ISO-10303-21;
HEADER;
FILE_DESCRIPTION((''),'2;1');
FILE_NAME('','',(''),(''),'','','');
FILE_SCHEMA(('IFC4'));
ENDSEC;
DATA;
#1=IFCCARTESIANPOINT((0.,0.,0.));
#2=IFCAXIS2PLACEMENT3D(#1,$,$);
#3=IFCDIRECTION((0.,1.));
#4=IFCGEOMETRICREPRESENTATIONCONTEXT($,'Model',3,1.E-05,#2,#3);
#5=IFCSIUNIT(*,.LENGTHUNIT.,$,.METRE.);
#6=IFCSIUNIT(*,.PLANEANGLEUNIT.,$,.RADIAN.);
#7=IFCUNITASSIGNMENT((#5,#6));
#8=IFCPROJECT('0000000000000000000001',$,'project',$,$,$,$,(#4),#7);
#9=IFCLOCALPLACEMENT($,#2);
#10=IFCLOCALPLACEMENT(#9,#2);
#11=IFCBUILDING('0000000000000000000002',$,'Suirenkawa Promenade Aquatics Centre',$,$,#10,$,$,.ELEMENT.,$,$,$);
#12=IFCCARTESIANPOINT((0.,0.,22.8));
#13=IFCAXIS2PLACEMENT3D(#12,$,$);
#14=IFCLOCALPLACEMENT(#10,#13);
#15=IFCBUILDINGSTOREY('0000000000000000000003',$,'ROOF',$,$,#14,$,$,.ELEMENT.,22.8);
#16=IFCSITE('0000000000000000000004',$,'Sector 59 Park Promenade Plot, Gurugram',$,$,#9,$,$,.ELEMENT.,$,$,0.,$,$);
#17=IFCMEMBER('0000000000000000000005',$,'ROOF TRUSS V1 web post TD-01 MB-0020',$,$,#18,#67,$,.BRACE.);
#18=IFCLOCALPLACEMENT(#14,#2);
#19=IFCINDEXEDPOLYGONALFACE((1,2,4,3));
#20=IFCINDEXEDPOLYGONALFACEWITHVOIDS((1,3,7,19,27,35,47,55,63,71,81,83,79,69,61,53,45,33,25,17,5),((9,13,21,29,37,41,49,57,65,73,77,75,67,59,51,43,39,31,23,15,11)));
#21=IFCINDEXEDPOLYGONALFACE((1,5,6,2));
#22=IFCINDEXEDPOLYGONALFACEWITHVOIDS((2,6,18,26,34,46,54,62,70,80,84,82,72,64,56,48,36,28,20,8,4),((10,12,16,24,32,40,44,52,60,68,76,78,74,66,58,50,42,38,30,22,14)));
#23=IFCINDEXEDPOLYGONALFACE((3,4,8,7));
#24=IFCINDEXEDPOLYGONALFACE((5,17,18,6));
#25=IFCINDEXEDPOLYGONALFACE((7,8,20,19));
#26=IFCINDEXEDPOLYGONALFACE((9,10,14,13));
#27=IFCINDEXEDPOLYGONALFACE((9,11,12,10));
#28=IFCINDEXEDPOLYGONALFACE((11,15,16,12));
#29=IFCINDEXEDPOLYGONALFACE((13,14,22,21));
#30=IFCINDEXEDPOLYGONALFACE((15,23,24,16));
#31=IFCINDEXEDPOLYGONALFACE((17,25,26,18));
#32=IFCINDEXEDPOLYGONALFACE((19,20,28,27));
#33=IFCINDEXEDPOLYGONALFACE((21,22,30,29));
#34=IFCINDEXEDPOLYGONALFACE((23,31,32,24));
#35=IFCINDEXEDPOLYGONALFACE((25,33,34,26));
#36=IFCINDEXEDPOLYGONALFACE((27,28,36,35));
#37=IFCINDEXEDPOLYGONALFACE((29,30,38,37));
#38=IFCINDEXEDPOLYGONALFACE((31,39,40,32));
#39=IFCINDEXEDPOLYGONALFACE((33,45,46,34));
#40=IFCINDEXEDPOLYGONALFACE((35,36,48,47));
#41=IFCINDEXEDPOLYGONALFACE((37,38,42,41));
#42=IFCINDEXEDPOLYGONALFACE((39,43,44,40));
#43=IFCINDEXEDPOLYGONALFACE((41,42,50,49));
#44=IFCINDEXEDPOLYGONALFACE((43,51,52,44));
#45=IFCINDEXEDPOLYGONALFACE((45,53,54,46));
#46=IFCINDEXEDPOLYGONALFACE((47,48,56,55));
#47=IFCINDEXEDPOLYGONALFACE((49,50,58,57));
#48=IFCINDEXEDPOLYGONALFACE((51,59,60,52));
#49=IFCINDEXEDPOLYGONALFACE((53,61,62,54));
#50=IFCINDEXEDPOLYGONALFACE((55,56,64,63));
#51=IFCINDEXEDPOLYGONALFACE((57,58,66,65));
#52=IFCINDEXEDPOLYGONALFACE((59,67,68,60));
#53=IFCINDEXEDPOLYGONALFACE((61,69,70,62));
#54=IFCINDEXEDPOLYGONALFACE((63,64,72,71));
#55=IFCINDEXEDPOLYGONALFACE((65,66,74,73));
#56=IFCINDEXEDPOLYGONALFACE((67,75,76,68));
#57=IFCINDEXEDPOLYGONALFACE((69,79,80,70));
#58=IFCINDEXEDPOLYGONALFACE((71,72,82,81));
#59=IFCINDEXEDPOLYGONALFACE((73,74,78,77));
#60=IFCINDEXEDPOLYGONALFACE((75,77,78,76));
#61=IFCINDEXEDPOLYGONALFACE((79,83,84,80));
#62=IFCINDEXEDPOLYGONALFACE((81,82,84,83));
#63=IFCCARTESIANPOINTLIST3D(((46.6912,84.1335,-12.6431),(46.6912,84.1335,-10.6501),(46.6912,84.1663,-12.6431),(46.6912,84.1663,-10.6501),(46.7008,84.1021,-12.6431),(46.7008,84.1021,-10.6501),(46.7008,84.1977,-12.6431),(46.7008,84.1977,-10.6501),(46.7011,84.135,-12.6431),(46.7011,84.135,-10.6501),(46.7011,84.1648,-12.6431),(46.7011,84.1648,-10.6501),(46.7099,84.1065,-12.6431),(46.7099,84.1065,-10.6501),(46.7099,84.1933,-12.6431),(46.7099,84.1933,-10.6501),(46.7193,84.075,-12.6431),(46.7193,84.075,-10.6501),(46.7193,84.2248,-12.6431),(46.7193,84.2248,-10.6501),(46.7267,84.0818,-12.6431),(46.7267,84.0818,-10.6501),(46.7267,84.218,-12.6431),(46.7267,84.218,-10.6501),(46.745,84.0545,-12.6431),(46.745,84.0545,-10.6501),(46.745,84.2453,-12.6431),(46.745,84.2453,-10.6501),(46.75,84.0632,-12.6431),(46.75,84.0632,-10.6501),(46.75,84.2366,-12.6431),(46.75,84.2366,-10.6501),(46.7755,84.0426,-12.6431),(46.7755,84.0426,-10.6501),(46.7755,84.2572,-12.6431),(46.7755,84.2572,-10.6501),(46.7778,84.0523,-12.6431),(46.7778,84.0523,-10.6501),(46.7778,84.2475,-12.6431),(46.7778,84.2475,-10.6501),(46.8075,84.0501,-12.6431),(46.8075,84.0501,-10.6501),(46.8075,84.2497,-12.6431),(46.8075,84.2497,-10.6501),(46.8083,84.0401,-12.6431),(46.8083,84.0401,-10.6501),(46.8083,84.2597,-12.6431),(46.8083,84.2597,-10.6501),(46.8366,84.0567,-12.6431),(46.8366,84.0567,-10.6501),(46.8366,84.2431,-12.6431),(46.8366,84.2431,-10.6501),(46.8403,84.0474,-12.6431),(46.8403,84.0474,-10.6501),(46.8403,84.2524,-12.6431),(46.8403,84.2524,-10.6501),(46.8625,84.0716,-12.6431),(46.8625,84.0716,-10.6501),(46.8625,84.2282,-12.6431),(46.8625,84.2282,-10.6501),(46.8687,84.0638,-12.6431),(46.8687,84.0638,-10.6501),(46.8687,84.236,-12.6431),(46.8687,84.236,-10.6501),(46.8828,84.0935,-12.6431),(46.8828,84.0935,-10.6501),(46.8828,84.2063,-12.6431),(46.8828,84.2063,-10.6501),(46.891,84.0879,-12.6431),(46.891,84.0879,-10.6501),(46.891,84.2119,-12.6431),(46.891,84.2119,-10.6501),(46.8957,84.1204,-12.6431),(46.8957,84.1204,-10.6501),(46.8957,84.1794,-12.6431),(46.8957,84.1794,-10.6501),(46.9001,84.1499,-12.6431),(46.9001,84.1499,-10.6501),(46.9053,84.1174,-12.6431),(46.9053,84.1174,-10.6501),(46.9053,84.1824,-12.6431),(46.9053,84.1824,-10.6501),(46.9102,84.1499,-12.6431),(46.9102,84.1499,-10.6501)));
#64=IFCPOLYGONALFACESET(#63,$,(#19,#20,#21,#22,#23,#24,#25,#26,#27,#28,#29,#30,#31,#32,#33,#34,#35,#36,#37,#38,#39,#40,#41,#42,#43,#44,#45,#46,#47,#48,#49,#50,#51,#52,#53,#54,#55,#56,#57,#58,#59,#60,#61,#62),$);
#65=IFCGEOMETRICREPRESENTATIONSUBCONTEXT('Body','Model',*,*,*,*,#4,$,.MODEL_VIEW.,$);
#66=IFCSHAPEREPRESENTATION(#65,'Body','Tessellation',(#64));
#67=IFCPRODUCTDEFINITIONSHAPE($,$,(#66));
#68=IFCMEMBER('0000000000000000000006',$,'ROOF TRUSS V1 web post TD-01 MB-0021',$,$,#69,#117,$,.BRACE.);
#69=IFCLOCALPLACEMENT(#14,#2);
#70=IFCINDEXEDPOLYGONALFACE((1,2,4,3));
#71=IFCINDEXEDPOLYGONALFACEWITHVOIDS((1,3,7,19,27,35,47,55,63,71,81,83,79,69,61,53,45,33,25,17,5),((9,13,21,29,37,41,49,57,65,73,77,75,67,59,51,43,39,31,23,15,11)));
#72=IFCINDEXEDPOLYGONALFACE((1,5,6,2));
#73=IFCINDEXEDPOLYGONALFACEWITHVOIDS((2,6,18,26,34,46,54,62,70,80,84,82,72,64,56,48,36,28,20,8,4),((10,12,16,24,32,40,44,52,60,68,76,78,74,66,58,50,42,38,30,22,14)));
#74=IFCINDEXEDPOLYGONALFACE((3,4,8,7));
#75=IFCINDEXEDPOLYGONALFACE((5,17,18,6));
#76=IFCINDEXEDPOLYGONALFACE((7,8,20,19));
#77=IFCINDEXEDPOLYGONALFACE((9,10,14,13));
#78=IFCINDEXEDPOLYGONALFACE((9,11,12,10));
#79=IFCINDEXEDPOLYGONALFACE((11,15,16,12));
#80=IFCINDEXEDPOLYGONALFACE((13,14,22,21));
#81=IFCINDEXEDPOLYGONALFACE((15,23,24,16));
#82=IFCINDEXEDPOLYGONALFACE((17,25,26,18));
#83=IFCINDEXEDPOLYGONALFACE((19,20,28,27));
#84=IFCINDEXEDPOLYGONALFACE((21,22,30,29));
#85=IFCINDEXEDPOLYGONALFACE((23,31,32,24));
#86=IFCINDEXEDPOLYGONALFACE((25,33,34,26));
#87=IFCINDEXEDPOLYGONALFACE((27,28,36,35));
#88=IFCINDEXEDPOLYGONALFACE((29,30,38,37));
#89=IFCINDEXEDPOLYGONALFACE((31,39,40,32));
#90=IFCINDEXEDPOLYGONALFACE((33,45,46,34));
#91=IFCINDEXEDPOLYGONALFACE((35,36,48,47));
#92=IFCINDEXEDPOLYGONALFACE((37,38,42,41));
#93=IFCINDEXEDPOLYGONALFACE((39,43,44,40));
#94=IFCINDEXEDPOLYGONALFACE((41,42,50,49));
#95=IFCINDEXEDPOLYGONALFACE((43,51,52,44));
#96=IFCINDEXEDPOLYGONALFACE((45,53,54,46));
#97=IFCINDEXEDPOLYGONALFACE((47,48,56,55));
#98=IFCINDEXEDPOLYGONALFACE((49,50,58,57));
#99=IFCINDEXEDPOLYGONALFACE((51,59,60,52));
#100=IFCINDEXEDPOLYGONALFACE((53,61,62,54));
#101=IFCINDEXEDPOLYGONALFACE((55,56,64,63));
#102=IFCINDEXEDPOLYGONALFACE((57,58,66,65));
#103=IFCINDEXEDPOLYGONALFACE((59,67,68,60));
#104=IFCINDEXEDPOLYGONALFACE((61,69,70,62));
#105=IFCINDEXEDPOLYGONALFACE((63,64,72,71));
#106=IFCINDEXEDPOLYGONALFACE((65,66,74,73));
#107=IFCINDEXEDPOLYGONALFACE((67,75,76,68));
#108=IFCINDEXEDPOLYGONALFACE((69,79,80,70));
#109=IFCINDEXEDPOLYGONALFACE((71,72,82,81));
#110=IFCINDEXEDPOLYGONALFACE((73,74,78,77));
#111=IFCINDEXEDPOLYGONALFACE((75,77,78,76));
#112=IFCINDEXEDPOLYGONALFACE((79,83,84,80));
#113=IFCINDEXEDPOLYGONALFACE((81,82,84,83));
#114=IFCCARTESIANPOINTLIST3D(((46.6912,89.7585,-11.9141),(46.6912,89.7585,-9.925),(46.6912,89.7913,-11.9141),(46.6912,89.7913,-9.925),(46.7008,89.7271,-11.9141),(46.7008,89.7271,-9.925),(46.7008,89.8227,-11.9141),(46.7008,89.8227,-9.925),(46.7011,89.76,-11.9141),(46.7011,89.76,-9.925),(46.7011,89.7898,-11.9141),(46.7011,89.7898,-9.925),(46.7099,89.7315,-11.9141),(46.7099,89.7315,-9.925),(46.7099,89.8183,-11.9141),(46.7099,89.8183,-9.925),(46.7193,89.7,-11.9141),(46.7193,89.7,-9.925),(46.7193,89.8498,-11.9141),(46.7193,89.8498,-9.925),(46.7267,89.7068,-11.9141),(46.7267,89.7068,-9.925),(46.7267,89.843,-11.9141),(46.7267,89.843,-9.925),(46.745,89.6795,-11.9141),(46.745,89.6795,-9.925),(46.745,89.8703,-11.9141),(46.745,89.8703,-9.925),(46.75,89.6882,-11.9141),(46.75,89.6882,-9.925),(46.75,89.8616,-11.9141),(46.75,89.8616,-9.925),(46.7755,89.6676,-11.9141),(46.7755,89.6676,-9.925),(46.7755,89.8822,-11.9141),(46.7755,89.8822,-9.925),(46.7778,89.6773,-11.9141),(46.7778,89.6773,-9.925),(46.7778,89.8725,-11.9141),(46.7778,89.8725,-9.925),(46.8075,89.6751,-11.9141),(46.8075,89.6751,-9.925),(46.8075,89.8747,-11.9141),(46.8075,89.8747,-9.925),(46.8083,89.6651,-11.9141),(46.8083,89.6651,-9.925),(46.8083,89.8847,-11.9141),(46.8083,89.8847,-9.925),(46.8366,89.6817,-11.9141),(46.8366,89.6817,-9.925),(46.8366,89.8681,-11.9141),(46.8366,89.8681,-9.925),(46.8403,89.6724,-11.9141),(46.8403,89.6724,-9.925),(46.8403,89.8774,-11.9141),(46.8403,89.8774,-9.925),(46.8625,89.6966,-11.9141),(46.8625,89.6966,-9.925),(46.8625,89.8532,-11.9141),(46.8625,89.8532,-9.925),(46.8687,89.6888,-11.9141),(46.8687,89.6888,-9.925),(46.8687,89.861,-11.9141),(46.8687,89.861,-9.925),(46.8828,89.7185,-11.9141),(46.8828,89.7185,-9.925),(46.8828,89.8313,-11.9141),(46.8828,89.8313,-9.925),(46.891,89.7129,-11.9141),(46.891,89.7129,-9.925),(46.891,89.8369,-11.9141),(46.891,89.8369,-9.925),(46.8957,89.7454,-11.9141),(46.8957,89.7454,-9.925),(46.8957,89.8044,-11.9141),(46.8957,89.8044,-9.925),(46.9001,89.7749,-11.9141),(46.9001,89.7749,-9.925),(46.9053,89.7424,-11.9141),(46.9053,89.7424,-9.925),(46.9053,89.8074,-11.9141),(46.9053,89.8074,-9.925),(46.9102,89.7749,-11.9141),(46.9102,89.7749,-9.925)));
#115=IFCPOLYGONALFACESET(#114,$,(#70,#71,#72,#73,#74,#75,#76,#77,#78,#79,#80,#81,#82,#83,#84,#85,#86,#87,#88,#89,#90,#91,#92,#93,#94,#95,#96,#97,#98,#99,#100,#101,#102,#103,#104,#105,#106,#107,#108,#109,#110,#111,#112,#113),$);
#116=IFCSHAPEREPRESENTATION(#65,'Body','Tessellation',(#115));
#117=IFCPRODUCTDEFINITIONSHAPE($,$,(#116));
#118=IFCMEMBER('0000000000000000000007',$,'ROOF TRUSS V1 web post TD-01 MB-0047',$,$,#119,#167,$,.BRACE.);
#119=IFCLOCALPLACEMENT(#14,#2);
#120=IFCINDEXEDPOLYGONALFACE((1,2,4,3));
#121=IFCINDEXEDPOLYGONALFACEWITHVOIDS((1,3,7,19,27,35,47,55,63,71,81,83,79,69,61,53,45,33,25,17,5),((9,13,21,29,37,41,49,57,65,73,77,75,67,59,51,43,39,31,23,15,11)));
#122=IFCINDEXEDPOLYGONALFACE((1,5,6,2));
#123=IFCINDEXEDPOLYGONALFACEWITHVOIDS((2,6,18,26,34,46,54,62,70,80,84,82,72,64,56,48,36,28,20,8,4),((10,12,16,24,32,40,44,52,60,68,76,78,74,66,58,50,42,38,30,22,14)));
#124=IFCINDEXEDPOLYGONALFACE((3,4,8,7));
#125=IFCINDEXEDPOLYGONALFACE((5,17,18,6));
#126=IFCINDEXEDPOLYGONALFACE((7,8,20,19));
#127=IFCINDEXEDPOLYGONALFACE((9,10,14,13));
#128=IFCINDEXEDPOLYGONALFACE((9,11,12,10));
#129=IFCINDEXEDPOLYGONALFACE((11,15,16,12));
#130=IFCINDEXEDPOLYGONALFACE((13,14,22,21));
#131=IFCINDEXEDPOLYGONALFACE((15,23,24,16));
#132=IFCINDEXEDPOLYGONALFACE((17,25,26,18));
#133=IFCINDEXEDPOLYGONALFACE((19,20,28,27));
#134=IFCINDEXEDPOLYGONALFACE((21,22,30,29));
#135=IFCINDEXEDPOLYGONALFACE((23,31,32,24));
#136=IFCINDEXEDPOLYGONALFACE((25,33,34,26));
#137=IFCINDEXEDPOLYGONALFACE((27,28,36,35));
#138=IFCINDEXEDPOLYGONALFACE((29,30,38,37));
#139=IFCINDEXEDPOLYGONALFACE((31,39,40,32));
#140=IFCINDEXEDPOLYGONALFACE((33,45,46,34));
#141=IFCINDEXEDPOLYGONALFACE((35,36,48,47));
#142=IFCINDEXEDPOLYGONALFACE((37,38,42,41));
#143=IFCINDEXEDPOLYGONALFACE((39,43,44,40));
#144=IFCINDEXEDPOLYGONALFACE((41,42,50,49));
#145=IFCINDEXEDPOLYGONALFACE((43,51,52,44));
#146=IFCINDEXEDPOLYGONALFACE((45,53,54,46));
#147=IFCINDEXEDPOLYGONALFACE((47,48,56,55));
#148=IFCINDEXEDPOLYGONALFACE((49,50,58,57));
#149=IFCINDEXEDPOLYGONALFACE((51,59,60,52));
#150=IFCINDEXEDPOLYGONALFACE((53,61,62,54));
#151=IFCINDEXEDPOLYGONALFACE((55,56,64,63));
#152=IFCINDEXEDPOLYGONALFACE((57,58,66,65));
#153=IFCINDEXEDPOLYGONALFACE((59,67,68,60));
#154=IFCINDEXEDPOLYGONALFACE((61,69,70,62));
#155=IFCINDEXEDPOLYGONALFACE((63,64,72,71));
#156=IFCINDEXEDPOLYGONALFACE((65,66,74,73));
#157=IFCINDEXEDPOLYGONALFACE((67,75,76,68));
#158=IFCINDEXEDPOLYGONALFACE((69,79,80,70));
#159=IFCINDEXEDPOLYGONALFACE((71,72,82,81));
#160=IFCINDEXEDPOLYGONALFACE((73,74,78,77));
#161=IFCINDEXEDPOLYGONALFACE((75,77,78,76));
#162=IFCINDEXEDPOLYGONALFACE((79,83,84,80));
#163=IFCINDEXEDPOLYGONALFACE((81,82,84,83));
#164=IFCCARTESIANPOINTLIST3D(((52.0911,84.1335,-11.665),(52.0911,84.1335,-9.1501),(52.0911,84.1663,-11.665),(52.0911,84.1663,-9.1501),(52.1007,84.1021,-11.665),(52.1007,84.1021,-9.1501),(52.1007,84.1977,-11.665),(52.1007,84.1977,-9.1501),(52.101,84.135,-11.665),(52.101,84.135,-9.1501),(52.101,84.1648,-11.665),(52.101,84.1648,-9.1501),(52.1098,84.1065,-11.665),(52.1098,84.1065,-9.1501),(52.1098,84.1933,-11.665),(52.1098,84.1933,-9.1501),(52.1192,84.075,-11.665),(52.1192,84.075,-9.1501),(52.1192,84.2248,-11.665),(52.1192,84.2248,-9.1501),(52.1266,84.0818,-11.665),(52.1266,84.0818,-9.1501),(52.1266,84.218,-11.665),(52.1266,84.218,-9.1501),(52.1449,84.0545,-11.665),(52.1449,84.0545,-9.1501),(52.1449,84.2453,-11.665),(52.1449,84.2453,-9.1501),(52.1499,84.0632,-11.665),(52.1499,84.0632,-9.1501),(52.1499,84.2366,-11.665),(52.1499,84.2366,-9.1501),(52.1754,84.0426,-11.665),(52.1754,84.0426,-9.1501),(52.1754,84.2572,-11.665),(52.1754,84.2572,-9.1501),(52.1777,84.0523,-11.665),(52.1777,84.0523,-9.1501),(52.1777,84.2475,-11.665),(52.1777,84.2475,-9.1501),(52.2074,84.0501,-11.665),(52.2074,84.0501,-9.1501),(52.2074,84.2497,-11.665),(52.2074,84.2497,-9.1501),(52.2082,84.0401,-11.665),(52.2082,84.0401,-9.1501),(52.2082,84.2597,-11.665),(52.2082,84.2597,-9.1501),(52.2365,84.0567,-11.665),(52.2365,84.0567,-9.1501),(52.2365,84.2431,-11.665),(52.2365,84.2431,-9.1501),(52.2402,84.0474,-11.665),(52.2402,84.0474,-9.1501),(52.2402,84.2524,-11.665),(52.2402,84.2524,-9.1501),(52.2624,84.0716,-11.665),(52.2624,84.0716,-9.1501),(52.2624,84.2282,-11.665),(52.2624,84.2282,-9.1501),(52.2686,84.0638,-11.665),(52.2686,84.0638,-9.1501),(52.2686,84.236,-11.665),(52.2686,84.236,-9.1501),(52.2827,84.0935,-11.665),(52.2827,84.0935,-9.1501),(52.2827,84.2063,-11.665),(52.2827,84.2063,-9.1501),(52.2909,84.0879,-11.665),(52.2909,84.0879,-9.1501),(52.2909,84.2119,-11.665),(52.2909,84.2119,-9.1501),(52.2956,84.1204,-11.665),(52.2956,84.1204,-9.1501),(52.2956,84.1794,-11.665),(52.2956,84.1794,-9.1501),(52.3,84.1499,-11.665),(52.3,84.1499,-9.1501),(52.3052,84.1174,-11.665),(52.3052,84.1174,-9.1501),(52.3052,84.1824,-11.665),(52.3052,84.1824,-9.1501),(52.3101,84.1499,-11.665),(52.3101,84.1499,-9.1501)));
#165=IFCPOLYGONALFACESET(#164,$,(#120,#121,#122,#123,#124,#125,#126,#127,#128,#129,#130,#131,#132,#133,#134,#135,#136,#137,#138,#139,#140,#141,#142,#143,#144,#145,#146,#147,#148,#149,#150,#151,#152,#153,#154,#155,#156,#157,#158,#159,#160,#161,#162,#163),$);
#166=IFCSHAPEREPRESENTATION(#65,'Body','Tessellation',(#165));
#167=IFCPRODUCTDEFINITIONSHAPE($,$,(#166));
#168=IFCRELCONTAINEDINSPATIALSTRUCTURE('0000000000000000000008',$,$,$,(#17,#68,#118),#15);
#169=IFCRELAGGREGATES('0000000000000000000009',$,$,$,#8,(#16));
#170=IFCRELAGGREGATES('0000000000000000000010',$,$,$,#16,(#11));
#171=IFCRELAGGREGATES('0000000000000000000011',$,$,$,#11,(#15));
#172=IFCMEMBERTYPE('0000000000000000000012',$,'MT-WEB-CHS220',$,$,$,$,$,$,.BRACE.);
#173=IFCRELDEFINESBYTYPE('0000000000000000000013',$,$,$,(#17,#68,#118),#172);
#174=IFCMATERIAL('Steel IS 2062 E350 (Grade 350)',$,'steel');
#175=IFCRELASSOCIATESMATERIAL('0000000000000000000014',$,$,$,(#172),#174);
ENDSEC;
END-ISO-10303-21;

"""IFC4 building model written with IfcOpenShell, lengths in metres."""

from ifc_helpers import new_model, si_unit, direction, frame, origin, origin_2d, place, context, subcontext, project, spatial, hollow_circle, extrude, material, material_profile, profile_set, type_object, element, save


model = new_model("IFC4")

# Units and contexts
model_context = context("Model", 3, precision=1e-05, world=origin(), true_north=direction((0.0, 1.0)))
body_context = subcontext(model_context, "Body", "Model", "MODEL_VIEW")
ifc_project = project(units=[si_unit("LENGTHUNIT", "METRE"), si_unit("PLANEANGLEUNIT", "RADIAN")], contexts=[model_context])

# Site, building, storey
site_placement = place(None, origin())
site = spatial("IfcSite", under=ifc_project, at=site_placement, Name="Sector 59 Park Promenade Plot, Gurugram", CompositionType="ELEMENT", RefElevation=0.0)
building_placement = place(site_placement, origin())
building = spatial("IfcBuilding", under=site, at=building_placement, Name="Suirenkawa Promenade Aquatics Centre", CompositionType="ELEMENT")
storey_placement = place(building_placement, frame((0.0, 0.0, 22.8)))
storey = spatial("IfcBuildingStorey", under=building, at=storey_placement, Name="ROOF", CompositionType="ELEMENT", Elevation=22.8)

# Shared definitions
ifc_material = material(Name="Steel IS 2062 E350 (Grade 350)", Category="steel")

# Members
ifc_material_profile_1 = material_profile(ifc_material, hollow_circle(Radius=0.1101, WallThickness=0.01, at=origin_2d()), Name="CHS 220x10", Category="steel")
ifc_profile_set_1 = profile_set([ifc_material_profile_1], Name="Steel IS 2062 E350 (Grade 350)")
member_type_1 = type_object("IfcMemberType", Name="MT-WEB-CHS220", PredefinedType="BRACE", material=ifc_profile_set_1)
member_1_placement = place(storey_placement, frame((46.8, 84.1499, -12.6431), z_axis=(0.0, 0.0, 1.0), x_axis=(1.0, 0.0, 0.0)))
element("IfcMember", 1, at=member_1_placement, inside=storey, type_object=member_type_1, Name="ROOF TRUSS V1 web post TD-01 MB-0020", PredefinedType="BRACE", context=body_context, shape_type="SweptSolid", body=[
    extrude(hollow_circle(Radius=0.1101, WallThickness=0.01, at=origin_2d()), origin(), (0.0, 0.0, 1.0), 1.9929),
])
member_2_placement = place(storey_placement, frame((46.8, 89.7749, -11.9141), z_axis=(0.0, 0.0, 1.0), x_axis=(1.0, 0.0, 0.0)))
element("IfcMember", 2, at=member_2_placement, inside=storey, type_object=member_type_1, Name="ROOF TRUSS V1 web post TD-01 MB-0021", PredefinedType="BRACE", context=body_context, shape_type="SweptSolid", body=[
    extrude(hollow_circle(Radius=0.1101, WallThickness=0.01, at=origin_2d()), origin(), (0.0, 0.0, 1.0), 1.989),
])
member_3_placement = place(storey_placement, frame((52.2, 84.1499, -11.665), z_axis=(0.0, 0.0, 1.0), x_axis=(1.0, 0.0, 0.0)))
element("IfcMember", 3, at=member_3_placement, inside=storey, type_object=member_type_1, Name="ROOF TRUSS V1 web post TD-01 MB-0047", PredefinedType="BRACE", context=body_context, shape_type="SweptSolid", body=[
    extrude(hollow_circle(Radius=0.1101, WallThickness=0.01, at=origin_2d()), origin(), (0.0, 0.0, 1.0), 2.5149),
])

save(model, "model.ifc")
